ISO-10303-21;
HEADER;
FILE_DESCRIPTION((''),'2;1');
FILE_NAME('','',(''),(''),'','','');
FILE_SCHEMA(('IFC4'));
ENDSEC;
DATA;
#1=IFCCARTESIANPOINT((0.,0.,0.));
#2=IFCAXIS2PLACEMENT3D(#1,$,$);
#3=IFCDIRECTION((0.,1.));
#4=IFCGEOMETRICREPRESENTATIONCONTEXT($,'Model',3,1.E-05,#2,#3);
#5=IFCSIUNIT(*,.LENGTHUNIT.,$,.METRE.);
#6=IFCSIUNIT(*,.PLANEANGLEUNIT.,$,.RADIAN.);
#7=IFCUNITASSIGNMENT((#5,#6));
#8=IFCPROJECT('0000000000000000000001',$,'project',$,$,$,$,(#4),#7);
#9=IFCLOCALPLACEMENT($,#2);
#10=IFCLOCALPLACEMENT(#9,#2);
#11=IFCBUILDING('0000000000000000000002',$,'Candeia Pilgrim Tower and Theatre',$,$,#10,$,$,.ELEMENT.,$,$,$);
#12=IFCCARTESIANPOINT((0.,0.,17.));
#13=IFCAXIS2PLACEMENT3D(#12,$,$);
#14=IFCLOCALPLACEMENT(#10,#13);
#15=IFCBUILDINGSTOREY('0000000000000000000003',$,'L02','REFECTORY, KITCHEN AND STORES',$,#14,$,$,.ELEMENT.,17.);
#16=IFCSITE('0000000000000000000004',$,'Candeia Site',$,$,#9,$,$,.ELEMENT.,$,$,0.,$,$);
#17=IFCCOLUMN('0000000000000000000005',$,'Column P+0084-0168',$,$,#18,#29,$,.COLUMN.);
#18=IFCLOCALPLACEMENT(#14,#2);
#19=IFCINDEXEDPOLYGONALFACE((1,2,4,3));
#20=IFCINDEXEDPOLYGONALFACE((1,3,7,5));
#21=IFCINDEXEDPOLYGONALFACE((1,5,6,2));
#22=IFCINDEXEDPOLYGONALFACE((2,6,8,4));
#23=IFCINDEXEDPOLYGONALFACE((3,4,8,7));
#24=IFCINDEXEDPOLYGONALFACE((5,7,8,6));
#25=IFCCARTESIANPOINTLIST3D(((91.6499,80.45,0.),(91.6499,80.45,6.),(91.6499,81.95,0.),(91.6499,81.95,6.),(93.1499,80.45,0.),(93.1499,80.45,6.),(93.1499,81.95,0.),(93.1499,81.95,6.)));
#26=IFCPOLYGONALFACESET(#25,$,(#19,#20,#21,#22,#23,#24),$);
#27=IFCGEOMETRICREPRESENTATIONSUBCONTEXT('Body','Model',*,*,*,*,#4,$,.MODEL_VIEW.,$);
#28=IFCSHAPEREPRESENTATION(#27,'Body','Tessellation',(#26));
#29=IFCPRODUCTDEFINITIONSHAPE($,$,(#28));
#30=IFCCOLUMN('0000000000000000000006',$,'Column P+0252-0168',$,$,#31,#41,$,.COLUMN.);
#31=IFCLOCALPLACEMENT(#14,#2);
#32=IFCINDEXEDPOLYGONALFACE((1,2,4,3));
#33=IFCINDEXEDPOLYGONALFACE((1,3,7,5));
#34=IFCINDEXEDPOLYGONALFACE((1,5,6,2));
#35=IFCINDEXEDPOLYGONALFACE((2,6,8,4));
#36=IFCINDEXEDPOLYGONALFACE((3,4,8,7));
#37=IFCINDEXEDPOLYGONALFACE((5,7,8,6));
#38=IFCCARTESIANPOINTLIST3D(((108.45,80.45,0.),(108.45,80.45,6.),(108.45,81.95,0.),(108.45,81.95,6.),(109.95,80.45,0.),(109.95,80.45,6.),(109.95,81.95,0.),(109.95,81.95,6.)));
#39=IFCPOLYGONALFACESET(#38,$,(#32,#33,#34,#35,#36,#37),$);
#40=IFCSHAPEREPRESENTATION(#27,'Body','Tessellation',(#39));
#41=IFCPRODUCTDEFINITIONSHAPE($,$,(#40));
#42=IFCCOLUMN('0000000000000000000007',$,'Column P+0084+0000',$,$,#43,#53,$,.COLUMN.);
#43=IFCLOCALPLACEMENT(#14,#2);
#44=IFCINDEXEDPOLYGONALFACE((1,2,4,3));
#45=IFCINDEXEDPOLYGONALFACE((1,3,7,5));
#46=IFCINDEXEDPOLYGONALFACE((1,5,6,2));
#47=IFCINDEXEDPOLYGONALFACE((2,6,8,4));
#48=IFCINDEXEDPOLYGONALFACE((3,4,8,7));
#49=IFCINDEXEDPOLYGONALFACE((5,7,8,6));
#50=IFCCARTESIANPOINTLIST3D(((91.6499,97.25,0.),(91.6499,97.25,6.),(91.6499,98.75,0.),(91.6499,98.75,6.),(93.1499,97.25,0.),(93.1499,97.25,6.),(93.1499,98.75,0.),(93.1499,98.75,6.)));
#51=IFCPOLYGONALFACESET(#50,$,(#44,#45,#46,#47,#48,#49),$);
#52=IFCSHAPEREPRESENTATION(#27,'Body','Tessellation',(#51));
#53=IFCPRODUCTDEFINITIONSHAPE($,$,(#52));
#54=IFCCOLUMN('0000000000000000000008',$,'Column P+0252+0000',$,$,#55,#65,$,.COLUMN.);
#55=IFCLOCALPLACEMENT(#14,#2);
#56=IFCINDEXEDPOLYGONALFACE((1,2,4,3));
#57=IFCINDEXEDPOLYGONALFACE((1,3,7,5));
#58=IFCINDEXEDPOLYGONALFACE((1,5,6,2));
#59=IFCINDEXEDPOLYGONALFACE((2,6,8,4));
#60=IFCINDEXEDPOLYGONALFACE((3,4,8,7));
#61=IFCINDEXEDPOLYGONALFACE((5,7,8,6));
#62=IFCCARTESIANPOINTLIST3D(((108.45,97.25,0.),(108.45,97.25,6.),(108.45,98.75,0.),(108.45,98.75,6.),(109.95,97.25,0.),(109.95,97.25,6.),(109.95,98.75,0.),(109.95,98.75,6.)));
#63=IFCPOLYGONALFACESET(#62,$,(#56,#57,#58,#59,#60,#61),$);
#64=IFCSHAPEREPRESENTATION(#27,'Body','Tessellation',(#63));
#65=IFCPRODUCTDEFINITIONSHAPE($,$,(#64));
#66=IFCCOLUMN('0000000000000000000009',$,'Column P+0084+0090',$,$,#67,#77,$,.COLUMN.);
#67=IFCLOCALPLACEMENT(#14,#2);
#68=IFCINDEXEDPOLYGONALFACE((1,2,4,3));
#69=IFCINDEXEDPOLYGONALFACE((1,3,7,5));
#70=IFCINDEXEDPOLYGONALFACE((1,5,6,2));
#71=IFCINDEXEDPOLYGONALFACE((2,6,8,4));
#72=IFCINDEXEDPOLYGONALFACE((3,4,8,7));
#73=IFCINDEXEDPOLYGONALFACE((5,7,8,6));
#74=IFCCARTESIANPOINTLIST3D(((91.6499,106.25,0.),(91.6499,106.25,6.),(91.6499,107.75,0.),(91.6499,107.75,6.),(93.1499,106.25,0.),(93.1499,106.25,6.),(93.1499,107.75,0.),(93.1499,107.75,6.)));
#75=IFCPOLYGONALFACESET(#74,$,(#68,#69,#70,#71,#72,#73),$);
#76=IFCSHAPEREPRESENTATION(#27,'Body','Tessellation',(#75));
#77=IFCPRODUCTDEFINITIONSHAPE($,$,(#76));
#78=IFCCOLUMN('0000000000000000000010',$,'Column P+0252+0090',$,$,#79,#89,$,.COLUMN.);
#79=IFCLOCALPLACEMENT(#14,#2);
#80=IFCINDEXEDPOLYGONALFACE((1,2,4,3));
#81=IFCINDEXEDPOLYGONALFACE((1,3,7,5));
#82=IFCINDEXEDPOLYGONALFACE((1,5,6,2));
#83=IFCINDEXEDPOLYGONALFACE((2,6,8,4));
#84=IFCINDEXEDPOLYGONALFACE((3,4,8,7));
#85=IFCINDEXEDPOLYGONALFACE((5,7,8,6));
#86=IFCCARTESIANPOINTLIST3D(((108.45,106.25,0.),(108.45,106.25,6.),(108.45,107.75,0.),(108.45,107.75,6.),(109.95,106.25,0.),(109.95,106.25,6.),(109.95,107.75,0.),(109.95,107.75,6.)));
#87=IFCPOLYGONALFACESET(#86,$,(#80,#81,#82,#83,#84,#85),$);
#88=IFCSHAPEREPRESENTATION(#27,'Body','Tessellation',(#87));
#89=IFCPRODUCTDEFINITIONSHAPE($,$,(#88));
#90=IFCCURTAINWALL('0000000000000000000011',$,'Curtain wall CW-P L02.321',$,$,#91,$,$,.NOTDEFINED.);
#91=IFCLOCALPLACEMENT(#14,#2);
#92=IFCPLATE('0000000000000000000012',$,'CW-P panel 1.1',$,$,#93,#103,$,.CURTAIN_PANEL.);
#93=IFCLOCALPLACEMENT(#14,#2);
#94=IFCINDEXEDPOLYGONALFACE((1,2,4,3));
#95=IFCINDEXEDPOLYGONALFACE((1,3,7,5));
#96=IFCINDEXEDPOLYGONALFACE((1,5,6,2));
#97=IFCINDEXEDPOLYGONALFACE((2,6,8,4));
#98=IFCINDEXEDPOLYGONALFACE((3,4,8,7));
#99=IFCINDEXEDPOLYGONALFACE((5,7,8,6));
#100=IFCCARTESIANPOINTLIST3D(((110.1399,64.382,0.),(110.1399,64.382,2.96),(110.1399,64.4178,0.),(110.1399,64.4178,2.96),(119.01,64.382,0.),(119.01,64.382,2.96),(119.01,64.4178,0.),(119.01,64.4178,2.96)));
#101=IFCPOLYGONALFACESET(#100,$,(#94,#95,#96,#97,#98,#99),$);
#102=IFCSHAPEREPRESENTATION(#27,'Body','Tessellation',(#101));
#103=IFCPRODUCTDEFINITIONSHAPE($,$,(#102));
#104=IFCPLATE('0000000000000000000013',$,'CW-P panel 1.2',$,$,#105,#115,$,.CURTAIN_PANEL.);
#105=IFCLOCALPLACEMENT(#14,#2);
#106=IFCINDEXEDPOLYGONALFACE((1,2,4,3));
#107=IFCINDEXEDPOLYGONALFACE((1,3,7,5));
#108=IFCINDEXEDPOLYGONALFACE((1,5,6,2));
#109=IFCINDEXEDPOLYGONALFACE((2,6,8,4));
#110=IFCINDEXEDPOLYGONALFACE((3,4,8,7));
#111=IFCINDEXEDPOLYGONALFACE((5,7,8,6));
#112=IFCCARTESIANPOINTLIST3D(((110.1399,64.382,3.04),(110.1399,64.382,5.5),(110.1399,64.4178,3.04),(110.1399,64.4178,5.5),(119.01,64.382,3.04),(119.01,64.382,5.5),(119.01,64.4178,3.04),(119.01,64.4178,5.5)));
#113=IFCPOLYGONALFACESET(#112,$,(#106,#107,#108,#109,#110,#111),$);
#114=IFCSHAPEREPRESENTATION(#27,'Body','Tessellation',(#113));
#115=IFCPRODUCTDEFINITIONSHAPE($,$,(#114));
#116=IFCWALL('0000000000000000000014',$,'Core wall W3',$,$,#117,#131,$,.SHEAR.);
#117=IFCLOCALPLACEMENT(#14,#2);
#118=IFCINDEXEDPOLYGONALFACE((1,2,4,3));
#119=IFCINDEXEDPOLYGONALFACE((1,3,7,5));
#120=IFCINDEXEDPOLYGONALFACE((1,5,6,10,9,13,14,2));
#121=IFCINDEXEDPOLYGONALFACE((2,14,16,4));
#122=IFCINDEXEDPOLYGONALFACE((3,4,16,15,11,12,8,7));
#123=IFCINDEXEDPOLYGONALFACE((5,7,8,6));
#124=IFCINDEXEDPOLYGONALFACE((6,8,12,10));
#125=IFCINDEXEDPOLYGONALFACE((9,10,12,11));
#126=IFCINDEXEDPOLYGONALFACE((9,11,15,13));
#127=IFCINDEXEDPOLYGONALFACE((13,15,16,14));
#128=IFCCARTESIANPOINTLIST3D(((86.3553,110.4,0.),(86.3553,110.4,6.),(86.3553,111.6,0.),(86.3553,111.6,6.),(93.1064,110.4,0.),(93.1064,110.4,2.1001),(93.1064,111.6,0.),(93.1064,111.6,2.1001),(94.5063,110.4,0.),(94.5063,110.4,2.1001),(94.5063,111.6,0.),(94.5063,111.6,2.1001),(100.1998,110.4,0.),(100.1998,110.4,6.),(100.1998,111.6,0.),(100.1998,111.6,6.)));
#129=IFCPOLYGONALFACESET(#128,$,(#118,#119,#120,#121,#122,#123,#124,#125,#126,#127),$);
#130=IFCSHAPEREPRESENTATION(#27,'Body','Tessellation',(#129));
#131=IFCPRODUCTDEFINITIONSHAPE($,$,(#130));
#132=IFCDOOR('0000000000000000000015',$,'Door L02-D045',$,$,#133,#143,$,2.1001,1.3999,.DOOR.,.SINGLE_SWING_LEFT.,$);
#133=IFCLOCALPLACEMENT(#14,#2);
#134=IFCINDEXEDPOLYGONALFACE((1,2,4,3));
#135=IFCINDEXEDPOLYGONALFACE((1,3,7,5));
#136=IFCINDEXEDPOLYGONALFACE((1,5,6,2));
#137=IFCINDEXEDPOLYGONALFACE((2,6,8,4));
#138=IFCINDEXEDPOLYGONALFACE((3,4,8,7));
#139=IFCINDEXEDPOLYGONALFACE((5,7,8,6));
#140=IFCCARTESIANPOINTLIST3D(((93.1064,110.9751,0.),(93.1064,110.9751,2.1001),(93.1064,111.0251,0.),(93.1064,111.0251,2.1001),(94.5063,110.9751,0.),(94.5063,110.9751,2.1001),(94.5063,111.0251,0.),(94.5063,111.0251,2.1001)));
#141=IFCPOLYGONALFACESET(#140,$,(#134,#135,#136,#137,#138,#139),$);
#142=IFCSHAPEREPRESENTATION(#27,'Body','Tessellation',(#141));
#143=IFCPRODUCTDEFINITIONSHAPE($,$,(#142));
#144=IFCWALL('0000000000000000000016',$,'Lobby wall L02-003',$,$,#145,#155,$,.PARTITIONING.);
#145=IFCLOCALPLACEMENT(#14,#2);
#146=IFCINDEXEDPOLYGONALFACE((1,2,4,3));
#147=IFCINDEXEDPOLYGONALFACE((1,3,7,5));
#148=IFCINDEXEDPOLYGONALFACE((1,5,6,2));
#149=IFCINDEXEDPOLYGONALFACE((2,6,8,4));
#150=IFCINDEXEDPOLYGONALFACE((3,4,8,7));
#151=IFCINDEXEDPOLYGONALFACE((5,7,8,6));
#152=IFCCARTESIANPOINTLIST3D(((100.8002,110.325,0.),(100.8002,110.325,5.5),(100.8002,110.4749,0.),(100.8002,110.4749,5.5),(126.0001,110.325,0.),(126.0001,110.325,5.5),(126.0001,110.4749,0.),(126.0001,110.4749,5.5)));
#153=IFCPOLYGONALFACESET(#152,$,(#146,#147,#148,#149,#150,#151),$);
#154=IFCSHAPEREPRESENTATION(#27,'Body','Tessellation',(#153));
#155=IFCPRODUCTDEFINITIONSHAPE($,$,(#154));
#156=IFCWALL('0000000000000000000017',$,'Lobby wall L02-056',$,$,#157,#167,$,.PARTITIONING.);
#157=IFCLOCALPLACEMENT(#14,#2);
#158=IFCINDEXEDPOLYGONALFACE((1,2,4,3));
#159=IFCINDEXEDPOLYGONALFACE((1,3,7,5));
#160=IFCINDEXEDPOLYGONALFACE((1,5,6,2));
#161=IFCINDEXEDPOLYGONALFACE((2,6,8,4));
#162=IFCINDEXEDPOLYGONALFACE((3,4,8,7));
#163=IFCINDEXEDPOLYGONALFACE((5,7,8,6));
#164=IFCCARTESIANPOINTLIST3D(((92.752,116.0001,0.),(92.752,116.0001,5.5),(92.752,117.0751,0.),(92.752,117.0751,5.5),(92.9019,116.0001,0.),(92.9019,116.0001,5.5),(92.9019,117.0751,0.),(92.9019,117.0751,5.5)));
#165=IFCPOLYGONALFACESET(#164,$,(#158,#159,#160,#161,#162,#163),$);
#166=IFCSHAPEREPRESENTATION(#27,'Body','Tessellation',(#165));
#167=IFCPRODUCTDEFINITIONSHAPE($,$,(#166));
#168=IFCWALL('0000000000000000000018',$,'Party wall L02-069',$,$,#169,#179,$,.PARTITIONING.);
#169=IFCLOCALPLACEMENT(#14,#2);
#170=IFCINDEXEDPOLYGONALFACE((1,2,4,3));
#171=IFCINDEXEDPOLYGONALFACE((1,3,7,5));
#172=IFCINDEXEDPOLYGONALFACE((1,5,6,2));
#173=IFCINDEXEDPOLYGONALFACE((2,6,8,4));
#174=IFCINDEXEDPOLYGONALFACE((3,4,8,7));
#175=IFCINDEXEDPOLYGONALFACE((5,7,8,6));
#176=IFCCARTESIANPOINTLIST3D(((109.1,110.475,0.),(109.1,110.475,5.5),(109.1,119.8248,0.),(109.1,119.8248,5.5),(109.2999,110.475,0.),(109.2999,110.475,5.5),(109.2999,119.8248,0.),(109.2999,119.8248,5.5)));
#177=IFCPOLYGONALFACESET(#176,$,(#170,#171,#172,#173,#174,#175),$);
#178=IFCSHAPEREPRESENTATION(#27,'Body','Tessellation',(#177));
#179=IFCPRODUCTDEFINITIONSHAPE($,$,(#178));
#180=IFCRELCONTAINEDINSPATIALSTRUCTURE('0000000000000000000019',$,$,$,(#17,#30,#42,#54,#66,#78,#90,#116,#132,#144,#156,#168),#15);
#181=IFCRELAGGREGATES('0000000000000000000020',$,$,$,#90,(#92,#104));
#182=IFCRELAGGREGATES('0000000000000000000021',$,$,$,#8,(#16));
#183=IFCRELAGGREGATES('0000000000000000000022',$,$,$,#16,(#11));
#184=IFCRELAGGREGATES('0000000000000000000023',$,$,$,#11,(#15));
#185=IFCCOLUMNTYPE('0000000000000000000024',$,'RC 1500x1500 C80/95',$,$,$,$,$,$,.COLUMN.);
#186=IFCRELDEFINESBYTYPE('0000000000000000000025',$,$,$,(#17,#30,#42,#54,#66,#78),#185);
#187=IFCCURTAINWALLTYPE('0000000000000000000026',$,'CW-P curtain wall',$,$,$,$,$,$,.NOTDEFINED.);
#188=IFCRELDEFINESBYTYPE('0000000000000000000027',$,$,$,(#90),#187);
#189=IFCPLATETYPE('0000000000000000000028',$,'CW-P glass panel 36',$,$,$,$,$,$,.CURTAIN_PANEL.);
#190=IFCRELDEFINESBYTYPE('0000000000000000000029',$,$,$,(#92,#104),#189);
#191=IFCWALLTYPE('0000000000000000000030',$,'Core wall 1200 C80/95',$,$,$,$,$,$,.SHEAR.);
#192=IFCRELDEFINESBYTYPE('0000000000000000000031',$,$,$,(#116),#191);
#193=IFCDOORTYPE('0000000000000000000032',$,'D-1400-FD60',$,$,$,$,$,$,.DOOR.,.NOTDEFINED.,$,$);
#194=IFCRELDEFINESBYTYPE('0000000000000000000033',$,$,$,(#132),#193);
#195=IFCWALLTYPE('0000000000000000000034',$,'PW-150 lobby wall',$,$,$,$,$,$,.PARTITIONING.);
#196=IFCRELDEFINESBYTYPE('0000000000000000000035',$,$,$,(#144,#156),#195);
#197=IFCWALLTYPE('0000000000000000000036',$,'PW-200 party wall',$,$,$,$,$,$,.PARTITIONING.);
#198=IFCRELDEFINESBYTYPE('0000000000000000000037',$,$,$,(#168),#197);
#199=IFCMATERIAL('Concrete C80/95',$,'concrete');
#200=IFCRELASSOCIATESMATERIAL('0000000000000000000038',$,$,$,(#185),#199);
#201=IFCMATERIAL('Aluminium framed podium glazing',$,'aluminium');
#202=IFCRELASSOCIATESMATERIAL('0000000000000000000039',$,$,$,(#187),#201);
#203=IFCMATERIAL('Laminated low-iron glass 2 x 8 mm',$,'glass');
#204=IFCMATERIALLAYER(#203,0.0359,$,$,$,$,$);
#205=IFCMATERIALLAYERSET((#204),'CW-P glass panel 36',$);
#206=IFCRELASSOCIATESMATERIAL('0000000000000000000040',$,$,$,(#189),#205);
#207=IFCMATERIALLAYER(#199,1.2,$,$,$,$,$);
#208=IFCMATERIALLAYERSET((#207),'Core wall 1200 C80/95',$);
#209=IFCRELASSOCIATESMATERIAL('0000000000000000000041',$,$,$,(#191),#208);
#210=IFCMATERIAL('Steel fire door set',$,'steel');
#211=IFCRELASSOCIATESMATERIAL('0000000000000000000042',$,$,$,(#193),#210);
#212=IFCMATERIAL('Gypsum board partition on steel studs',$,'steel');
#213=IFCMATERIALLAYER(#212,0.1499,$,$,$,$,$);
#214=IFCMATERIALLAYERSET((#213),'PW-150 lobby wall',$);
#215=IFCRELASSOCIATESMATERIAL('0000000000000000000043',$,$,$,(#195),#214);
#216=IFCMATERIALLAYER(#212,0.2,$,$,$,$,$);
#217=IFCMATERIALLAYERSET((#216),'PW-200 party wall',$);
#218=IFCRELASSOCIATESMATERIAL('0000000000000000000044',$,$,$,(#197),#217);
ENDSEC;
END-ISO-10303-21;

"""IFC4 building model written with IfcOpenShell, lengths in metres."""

from ifc_helpers import new_model, si_unit, direction, frame, frame_2d, origin, origin_2d, place, context, subcontext, project, spatial, rectangle, extrude, material, layer, layer_set, material_profile, profile_set, type_object, element, fill, aggregate, save


model = new_model("IFC4")

# Units and contexts
model_context = context("Model", 3, precision=1e-05, world=origin(), true_north=direction((0.0, 1.0)))
body_context = subcontext(model_context, "Body", "Model", "MODEL_VIEW")
ifc_project = project(units=[si_unit("LENGTHUNIT", "METRE"), si_unit("PLANEANGLEUNIT", "RADIAN")], contexts=[model_context])

# Site, building, storey
site_placement = place(None, origin())
site = spatial("IfcSite", under=ifc_project, at=site_placement, Name="Candeia Site", CompositionType="ELEMENT", RefElevation=0.0)
building_placement = place(site_placement, origin())
building = spatial("IfcBuilding", under=site, at=building_placement, Name="Candeia Pilgrim Tower and Theatre", CompositionType="ELEMENT")
storey_placement = place(building_placement, frame((0.0, 0.0, 17.0)))
storey = spatial("IfcBuildingStorey", under=building, at=storey_placement, Name="L02", Description="REFECTORY, KITCHEN AND STORES", CompositionType="ELEMENT", Elevation=17.0)

# Columns
ifc_material_1 = material(Name="Concrete C80/95", Category="concrete")
ifc_material_profile = material_profile(ifc_material_1, rectangle(XDim=1.5, YDim=1.5, at=origin_2d()))
ifc_profile_set = profile_set([ifc_material_profile], Name="Concrete C80/95")
column_type = type_object("IfcColumnType", Name="RC 1500x1500 C80/95", PredefinedType="COLUMN", material=ifc_profile_set)
for number, where, z_axis, x_axis, name in (
    (1, (92.3999, 81.2, 0.0), (0.0, 0.0, 1.0), (1.0, 0.0, 0.0), "Column P+0084-0168"),
    (2, (109.2, 81.2, 0.0), (0.0, 0.0, 1.0), (1.0, 0.0, 0.0), "Column P+0252-0168"),
    (3, (92.3999, 98.0, 0.0), (0.0, 0.0, 1.0), (1.0, 0.0, 0.0), "Column P+0084+0000"),
    (4, (109.2, 98.0, 0.0), (0.0, 0.0, 1.0), (1.0, 0.0, 0.0), "Column P+0252+0000"),
    (5, (92.3999, 107.0, 0.0), (0.0, 0.0, 1.0), (1.0, 0.0, 0.0), "Column P+0084+0090"),
    (6, (109.2, 107.0, 0.0), (0.0, 0.0, 1.0), (1.0, 0.0, 0.0), "Column P+0252+0090"),
):
    element("IfcColumn", number, at=place(storey_placement, frame(where, z_axis=z_axis, x_axis=x_axis)), inside=storey, type_object=column_type, Name=name, PredefinedType="COLUMN", context=body_context, shape_type="SweptSolid", body=[
        extrude(rectangle(XDim=1.5, YDim=1.5, at=origin_2d()), origin(), (0.0, 0.0, 1.0), 6.0),
    ])

# Curtain wall, plates
ifc_material_2 = material(Name="Aluminium framed podium glazing", Category="aluminium")
curtain_wall_type = type_object("IfcCurtainWallType", Name="CW-P curtain wall", PredefinedType="NOTDEFINED", material=ifc_material_2)
curtain_wall_placement = place(storey_placement, origin())
curtain_wall = element("IfcCurtainWall", 7, at=curtain_wall_placement, inside=storey, type_object=curtain_wall_type, Name="Curtain wall CW-P L02.321", PredefinedType="NOTDEFINED")
ifc_material_3 = material(Name="Laminated low-iron glass 2 x 8 mm", Category="glass")
ifc_layer_1 = layer(ifc_material_3, 0.0359)
ifc_layer_set_1 = layer_set([ifc_layer_1], Name="CW-P glass panel 36")
plate_type = type_object("IfcPlateType", Name="CW-P glass panel 36", PredefinedType="CURTAIN_PANEL", material=ifc_layer_set_1)
plate_1_placement = place(storey_placement, frame((114.575, 64.3999, 0.0), z_axis=(0.0, 0.0, 1.0), x_axis=(-1.0, 0.0, 0.0)))
plate_1 = element("IfcPlate", 8, at=plate_1_placement, type_object=plate_type, Name="CW-P panel 1.1", PredefinedType="CURTAIN_PANEL", context=body_context, shape_type="SweptSolid", body=[
    extrude(rectangle(XDim=8.8701, YDim=0.0359, at=origin_2d()), origin(), (0.0, 0.0, 1.0), 2.96),
])
plate_2_placement = place(storey_placement, frame((114.575, 64.3999, 3.04), z_axis=(0.0, 0.0, 1.0), x_axis=(-1.0, 0.0, 0.0)))
plate_2 = element("IfcPlate", 9, at=plate_2_placement, type_object=plate_type, Name="CW-P panel 1.2", PredefinedType="CURTAIN_PANEL", context=body_context, shape_type="SweptSolid", body=[
    extrude(rectangle(XDim=8.8701, YDim=0.0359, at=origin_2d()), origin(), (0.0, 0.0, 1.0), 2.46),
])
aggregate(curtain_wall, [plate_1, plate_2])

# Wall, opening, door
ifc_layer_2 = layer(ifc_material_1, 1.2)
ifc_layer_set_2 = layer_set([ifc_layer_2], Name="Core wall 1200 C80/95")
wall_type_1 = type_object("IfcWallType", Name="Core wall 1200 C80/95", PredefinedType="SHEAR", material=ifc_layer_set_2)
wall_1_placement = place(storey_placement, frame((100.2, 111.0, 0.0), z_axis=(0.0, 0.0, 1.0), x_axis=(-1.0, 0.0, 0.0)))
wall_1 = element("IfcWall", 10, at=wall_1_placement, inside=storey, type_object=wall_type_1, Name="Core wall W3", PredefinedType="SHEAR", context=body_context, shape_type="SweptSolid", body=[
    extrude(rectangle(XDim=13.8445, YDim=1.2, at=frame_2d((6.9224, 0.0))), origin(), (0.0, 0.0, 1.0), 6.0),
])
opening_1_placement = place(wall_1_placement, frame((5.6936, 0.0, 0.0)))
opening_1 = element("IfcOpeningElement", 11, at=opening_1_placement, cuts=wall_1, PredefinedType="OPENING", context=body_context, shape_type="SweptSolid", body=[
    extrude(rectangle(XDim=1.3999, YDim=2.1001, at=frame_2d((0.7, 1.05))), frame((0.0, 0.6099, 0.0), z_axis=(0.0, -1.0, 0.0), x_axis=(1.0, 0.0, 0.0)), (0.0, 0.0, 1.0), 1.22),
])
ifc_material_4 = material(Name="Steel fire door set", Category="steel")
door_type_1 = type_object("IfcDoorType", Name="D-1400-FD60", OperationType="NOTDEFINED", PredefinedType="DOOR", material=ifc_material_4)
door_1_placement = place(opening_1_placement, origin())
door_1 = element("IfcDoor", 12, at=door_1_placement, inside=storey, type_object=door_type_1, Name="Door L02-D045", OperationType="SINGLE_SWING_LEFT", OverallHeight=2.1001, OverallWidth=1.3999, PredefinedType="DOOR", context=body_context, shape_type="SweptSolid", body=[
    extrude(rectangle(XDim=1.3999, YDim=2.1001, at=frame_2d((0.7, 1.05))), frame((0.0, 0.0249, 0.0), z_axis=(0.0, -1.0, 0.0), x_axis=(1.0, 0.0, 0.0)), (0.0, 0.0, 1.0), 0.05),
])
fill(opening_1, door_1)

# Walls
ifc_material_5 = material(Name="Gypsum board partition on steel studs", Category="steel")
ifc_layer_3 = layer(ifc_material_5, 0.1499)
ifc_layer_set_3 = layer_set([ifc_layer_3], Name="PW-150 lobby wall")
wall_type_2 = type_object("IfcWallType", Name="PW-150 lobby wall", PredefinedType="PARTITIONING", material=ifc_layer_set_3)
wall_2_placement = place(storey_placement, frame((100.8, 110.3999, 0.0), z_axis=(0.0, 0.0, 1.0), x_axis=(1.0, 0.0, 0.0)))
element("IfcWall", 13, at=wall_2_placement, inside=storey, type_object=wall_type_2, Name="Lobby wall L02-003", PredefinedType="PARTITIONING", context=body_context, shape_type="SweptSolid", body=[
    extrude(rectangle(XDim=25.2, YDim=0.1499, at=frame_2d((12.6001, 0.0))), origin(), (0.0, 0.0, 1.0), 5.5),
])
wall_3_placement = place(storey_placement, frame((92.8269, 116.0, 0.0), z_axis=(0.0, 0.0, 1.0), x_axis=(0.0, 1.0, 0.0)))
element("IfcWall", 14, at=wall_3_placement, inside=storey, type_object=wall_type_2, Name="Lobby wall L02-056", PredefinedType="PARTITIONING", context=body_context, shape_type="SweptSolid", body=[
    extrude(rectangle(XDim=1.075, YDim=0.1499, at=frame_2d((0.5376, 0.0))), origin(), (0.0, 0.0, 1.0), 5.5),
])
ifc_layer_4 = layer(ifc_material_5, 0.2)
ifc_layer_set_4 = layer_set([ifc_layer_4], Name="PW-200 party wall")
wall_type_3 = type_object("IfcWallType", Name="PW-200 party wall", PredefinedType="PARTITIONING", material=ifc_layer_set_4)
wall_4_placement = place(storey_placement, frame((109.2, 110.4751, 0.0), z_axis=(0.0, 0.0, 1.0), x_axis=(0.0, 1.0, 0.0)))
element("IfcWall", 15, at=wall_4_placement, inside=storey, type_object=wall_type_3, Name="Party wall L02-069", PredefinedType="PARTITIONING", context=body_context, shape_type="SweptSolid", body=[
    extrude(rectangle(XDim=9.3499, YDim=0.2, at=frame_2d((4.6748, 0.0))), origin(), (0.0, 0.0, 1.0), 5.5),
])

save(model, "model.ifc")
